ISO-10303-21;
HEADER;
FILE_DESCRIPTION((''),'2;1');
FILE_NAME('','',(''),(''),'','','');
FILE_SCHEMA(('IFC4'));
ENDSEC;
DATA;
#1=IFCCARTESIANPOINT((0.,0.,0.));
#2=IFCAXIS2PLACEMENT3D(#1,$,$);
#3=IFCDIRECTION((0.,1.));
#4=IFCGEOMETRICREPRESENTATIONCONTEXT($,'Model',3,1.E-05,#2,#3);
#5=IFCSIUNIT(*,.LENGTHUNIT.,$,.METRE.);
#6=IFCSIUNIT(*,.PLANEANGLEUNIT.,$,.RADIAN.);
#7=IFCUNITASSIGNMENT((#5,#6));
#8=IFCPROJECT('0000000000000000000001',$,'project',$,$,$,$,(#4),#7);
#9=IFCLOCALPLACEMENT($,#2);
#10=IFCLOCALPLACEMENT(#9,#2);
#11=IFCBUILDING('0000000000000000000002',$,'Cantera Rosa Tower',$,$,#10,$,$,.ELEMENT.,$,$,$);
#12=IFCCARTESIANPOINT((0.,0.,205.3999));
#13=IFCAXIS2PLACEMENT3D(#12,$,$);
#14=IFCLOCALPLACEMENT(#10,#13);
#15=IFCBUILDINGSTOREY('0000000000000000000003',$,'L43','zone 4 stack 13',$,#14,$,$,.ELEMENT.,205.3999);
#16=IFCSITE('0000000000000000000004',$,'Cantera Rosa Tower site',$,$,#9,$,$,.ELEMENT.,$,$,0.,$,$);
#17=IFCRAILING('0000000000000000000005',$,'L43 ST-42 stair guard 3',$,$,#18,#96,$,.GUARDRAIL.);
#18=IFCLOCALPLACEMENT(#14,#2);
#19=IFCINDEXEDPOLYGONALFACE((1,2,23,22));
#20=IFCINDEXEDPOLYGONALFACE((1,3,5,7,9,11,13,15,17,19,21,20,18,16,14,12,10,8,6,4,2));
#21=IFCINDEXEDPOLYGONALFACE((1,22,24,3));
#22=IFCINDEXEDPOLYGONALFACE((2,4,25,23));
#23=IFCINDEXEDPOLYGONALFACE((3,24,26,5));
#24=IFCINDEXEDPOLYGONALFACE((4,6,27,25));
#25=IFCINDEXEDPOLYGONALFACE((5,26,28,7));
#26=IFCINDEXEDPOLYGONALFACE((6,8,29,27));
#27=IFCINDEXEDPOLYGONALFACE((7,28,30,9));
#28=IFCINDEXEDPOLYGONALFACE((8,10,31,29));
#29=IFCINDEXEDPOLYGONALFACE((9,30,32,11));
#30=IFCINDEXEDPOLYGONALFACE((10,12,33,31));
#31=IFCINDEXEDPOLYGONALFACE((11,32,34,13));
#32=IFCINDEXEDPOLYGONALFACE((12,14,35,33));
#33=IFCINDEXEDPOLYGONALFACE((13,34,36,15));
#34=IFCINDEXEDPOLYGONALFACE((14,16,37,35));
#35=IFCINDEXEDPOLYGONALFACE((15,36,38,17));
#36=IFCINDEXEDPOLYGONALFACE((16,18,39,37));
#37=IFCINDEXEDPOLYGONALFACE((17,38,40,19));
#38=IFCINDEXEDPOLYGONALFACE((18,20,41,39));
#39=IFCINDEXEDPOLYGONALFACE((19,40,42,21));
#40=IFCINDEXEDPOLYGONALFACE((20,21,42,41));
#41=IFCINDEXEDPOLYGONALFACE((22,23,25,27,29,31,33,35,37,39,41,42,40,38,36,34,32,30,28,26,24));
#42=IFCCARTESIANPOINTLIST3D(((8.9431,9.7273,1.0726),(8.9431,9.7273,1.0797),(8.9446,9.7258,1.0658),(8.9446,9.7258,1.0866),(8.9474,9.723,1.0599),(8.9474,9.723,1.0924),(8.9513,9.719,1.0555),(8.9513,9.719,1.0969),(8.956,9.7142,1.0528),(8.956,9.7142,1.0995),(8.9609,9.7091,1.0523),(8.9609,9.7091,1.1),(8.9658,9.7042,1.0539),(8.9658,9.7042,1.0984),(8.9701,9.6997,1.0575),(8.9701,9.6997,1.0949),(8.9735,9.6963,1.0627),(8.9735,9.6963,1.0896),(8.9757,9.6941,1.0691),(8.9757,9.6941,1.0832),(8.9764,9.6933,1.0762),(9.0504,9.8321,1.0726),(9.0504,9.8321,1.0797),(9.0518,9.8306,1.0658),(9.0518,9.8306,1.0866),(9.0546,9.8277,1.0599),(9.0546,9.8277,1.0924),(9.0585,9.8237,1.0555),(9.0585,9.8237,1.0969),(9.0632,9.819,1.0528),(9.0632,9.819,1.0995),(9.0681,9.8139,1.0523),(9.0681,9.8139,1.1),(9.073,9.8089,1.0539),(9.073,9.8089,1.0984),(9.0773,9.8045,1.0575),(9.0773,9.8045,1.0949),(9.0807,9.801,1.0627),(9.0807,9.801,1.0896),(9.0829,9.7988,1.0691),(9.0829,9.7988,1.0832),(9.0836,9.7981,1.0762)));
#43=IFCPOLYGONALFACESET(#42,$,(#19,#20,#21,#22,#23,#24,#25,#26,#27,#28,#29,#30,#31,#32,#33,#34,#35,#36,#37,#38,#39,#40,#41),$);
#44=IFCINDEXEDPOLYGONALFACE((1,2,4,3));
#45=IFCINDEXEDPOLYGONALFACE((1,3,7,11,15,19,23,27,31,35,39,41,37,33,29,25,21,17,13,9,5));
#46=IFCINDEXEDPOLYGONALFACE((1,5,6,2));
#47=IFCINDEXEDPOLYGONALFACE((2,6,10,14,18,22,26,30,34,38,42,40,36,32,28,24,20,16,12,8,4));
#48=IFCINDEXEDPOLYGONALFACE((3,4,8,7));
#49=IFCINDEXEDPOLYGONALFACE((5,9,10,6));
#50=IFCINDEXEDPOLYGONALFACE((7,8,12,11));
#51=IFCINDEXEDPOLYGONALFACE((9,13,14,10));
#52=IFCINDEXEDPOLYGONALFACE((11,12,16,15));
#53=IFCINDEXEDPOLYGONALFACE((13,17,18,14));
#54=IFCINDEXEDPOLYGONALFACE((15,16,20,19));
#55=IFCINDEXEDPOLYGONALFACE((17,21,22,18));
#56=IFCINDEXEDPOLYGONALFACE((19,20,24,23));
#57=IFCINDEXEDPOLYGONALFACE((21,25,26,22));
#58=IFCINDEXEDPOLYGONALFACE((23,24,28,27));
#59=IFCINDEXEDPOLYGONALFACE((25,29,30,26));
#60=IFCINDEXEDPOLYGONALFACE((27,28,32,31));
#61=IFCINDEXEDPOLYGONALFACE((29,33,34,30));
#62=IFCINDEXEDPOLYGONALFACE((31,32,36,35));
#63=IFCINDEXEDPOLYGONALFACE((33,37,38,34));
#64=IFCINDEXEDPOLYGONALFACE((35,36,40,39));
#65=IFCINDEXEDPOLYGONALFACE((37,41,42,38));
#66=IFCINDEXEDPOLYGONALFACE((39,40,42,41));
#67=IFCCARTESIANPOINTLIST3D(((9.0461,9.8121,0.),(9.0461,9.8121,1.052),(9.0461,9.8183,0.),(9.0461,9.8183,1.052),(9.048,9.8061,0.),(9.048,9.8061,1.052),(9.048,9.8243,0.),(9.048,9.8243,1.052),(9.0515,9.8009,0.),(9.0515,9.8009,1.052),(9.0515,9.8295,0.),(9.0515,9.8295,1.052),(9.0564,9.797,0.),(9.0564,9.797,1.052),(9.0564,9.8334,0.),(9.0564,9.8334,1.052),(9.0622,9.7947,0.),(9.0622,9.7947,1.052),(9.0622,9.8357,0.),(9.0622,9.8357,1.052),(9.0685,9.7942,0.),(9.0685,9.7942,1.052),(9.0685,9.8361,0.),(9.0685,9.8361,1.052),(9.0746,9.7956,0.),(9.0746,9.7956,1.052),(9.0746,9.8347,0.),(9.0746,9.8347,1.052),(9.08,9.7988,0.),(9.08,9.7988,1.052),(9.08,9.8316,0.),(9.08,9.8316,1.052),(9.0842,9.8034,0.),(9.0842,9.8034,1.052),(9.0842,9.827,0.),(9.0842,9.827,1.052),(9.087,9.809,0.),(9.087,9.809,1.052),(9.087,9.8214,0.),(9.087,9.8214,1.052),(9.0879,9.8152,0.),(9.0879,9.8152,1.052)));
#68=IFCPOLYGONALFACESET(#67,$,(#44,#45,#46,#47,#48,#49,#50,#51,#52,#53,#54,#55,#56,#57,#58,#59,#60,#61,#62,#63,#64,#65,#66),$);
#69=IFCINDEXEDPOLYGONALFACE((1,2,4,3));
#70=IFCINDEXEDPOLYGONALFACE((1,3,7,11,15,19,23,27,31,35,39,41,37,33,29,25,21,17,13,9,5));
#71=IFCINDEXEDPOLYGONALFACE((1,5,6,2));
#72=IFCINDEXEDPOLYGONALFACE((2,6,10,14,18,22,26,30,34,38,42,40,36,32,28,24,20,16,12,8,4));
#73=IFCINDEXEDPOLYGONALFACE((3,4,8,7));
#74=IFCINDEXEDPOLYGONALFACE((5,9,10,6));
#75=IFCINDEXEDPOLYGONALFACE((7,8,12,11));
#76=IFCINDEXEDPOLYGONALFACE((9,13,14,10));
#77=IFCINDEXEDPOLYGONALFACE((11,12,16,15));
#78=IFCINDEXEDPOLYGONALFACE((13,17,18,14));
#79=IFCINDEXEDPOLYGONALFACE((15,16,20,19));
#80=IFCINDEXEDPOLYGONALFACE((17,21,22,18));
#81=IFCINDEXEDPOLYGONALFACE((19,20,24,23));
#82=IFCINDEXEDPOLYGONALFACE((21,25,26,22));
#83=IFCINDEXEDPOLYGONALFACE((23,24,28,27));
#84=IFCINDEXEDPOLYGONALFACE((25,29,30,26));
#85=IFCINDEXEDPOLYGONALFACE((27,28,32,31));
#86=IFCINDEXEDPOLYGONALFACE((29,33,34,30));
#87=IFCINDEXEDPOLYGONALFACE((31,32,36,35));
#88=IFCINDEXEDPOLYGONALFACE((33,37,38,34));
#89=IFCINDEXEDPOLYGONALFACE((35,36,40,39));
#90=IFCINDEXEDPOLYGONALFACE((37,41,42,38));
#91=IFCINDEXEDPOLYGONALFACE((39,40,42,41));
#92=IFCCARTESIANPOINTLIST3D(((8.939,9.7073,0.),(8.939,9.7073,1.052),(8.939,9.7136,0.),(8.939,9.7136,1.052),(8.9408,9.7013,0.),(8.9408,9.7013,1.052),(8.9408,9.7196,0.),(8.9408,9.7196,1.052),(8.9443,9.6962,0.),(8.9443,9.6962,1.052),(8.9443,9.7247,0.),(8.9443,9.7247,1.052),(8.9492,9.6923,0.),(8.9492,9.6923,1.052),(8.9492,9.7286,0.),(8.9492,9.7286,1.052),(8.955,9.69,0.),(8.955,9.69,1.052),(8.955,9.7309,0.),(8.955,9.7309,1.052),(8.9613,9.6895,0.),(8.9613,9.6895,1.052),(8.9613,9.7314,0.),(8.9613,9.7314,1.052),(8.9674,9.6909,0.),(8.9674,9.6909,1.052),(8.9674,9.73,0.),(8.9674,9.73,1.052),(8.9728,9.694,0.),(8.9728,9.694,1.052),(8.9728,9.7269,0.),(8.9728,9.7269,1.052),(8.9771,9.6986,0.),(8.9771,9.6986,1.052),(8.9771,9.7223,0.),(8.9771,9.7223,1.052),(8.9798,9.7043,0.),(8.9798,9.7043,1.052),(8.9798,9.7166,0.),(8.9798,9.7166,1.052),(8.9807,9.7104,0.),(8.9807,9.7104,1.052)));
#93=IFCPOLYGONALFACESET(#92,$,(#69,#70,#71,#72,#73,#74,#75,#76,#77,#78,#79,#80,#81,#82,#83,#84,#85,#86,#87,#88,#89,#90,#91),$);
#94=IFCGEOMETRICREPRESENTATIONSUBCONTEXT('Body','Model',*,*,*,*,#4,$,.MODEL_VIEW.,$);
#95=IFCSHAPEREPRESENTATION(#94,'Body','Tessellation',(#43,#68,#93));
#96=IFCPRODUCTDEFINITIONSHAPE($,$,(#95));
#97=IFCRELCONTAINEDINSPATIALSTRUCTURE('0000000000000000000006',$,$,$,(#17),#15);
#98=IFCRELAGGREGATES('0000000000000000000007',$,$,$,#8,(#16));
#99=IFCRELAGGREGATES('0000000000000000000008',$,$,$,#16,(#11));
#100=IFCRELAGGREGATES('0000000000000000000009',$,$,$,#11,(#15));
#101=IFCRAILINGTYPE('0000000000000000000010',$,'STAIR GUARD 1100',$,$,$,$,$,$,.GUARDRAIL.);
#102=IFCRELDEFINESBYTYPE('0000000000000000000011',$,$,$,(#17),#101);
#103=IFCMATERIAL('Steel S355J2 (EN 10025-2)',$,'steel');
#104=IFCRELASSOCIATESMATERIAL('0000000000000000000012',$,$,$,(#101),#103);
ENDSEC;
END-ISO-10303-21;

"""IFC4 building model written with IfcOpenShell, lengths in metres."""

from ifc_helpers import new_model, si_unit, direction, frame, origin, origin_2d, place, context, subcontext, project, spatial, circle, extrude, material, type_object, element, save


model = new_model("IFC4")

# Units and contexts
model_context = context("Model", 3, precision=1e-05, world=origin(), true_north=direction((0.0, 1.0)))
body_context = subcontext(model_context, "Body", "Model", "MODEL_VIEW")
ifc_project = project(units=[si_unit("LENGTHUNIT", "METRE"), si_unit("PLANEANGLEUNIT", "RADIAN")], contexts=[model_context])

# Site, building, storey
site_placement = place(None, origin())
site = spatial("IfcSite", under=ifc_project, at=site_placement, Name="Cantera Rosa Tower site", CompositionType="ELEMENT", RefElevation=0.0)
building_placement = place(site_placement, origin())
building = spatial("IfcBuilding", under=site, at=building_placement, Name="Cantera Rosa Tower", CompositionType="ELEMENT")
storey_placement = place(building_placement, frame((0.0, 0.0, 205.3999)))
storey = spatial("IfcBuildingStorey", under=building, at=storey_placement, Name="L43", Description="zone 4 stack 13", CompositionType="ELEMENT", Elevation=205.3999)

# Railing
ifc_material_1 = material(Name="Steel S355J2 (EN 10025-2)", Category="steel")
railing_type_1 = type_object("IfcRailingType", Name="STAIR GUARD 1100", PredefinedType="GUARDRAIL", material=ifc_material_1)
railing_1_placement = place(storey_placement, frame((9.0669, 9.8152, 0.0)))
element("IfcRailing", 1, at=railing_1_placement, inside=storey, type_object=railing_type_1, Name="L43 ST-42 stair guard 3", PredefinedType="GUARDRAIL", context=body_context, shape_type="SweptSolid", body=[
    extrude(circle(Radius=0.0239, at=origin_2d()), frame((0.0, 0.0, 1.0762), z_axis=(-0.715206, -0.698914, 0.0), x_axis=(0.698914, -0.715206, 0.0)), (0.0, 0.0, 1.0), 0.1499),
    extrude(circle(Radius=0.021, at=origin_2d()), origin(), (0.0, 0.0, 1.0), 1.052),
    extrude(circle(Radius=0.021, at=origin_2d()), frame((-0.1072, -0.1047, 0.0)), (0.0, 0.0, 1.0), 1.052),
])

save(model, "model.ifc")
